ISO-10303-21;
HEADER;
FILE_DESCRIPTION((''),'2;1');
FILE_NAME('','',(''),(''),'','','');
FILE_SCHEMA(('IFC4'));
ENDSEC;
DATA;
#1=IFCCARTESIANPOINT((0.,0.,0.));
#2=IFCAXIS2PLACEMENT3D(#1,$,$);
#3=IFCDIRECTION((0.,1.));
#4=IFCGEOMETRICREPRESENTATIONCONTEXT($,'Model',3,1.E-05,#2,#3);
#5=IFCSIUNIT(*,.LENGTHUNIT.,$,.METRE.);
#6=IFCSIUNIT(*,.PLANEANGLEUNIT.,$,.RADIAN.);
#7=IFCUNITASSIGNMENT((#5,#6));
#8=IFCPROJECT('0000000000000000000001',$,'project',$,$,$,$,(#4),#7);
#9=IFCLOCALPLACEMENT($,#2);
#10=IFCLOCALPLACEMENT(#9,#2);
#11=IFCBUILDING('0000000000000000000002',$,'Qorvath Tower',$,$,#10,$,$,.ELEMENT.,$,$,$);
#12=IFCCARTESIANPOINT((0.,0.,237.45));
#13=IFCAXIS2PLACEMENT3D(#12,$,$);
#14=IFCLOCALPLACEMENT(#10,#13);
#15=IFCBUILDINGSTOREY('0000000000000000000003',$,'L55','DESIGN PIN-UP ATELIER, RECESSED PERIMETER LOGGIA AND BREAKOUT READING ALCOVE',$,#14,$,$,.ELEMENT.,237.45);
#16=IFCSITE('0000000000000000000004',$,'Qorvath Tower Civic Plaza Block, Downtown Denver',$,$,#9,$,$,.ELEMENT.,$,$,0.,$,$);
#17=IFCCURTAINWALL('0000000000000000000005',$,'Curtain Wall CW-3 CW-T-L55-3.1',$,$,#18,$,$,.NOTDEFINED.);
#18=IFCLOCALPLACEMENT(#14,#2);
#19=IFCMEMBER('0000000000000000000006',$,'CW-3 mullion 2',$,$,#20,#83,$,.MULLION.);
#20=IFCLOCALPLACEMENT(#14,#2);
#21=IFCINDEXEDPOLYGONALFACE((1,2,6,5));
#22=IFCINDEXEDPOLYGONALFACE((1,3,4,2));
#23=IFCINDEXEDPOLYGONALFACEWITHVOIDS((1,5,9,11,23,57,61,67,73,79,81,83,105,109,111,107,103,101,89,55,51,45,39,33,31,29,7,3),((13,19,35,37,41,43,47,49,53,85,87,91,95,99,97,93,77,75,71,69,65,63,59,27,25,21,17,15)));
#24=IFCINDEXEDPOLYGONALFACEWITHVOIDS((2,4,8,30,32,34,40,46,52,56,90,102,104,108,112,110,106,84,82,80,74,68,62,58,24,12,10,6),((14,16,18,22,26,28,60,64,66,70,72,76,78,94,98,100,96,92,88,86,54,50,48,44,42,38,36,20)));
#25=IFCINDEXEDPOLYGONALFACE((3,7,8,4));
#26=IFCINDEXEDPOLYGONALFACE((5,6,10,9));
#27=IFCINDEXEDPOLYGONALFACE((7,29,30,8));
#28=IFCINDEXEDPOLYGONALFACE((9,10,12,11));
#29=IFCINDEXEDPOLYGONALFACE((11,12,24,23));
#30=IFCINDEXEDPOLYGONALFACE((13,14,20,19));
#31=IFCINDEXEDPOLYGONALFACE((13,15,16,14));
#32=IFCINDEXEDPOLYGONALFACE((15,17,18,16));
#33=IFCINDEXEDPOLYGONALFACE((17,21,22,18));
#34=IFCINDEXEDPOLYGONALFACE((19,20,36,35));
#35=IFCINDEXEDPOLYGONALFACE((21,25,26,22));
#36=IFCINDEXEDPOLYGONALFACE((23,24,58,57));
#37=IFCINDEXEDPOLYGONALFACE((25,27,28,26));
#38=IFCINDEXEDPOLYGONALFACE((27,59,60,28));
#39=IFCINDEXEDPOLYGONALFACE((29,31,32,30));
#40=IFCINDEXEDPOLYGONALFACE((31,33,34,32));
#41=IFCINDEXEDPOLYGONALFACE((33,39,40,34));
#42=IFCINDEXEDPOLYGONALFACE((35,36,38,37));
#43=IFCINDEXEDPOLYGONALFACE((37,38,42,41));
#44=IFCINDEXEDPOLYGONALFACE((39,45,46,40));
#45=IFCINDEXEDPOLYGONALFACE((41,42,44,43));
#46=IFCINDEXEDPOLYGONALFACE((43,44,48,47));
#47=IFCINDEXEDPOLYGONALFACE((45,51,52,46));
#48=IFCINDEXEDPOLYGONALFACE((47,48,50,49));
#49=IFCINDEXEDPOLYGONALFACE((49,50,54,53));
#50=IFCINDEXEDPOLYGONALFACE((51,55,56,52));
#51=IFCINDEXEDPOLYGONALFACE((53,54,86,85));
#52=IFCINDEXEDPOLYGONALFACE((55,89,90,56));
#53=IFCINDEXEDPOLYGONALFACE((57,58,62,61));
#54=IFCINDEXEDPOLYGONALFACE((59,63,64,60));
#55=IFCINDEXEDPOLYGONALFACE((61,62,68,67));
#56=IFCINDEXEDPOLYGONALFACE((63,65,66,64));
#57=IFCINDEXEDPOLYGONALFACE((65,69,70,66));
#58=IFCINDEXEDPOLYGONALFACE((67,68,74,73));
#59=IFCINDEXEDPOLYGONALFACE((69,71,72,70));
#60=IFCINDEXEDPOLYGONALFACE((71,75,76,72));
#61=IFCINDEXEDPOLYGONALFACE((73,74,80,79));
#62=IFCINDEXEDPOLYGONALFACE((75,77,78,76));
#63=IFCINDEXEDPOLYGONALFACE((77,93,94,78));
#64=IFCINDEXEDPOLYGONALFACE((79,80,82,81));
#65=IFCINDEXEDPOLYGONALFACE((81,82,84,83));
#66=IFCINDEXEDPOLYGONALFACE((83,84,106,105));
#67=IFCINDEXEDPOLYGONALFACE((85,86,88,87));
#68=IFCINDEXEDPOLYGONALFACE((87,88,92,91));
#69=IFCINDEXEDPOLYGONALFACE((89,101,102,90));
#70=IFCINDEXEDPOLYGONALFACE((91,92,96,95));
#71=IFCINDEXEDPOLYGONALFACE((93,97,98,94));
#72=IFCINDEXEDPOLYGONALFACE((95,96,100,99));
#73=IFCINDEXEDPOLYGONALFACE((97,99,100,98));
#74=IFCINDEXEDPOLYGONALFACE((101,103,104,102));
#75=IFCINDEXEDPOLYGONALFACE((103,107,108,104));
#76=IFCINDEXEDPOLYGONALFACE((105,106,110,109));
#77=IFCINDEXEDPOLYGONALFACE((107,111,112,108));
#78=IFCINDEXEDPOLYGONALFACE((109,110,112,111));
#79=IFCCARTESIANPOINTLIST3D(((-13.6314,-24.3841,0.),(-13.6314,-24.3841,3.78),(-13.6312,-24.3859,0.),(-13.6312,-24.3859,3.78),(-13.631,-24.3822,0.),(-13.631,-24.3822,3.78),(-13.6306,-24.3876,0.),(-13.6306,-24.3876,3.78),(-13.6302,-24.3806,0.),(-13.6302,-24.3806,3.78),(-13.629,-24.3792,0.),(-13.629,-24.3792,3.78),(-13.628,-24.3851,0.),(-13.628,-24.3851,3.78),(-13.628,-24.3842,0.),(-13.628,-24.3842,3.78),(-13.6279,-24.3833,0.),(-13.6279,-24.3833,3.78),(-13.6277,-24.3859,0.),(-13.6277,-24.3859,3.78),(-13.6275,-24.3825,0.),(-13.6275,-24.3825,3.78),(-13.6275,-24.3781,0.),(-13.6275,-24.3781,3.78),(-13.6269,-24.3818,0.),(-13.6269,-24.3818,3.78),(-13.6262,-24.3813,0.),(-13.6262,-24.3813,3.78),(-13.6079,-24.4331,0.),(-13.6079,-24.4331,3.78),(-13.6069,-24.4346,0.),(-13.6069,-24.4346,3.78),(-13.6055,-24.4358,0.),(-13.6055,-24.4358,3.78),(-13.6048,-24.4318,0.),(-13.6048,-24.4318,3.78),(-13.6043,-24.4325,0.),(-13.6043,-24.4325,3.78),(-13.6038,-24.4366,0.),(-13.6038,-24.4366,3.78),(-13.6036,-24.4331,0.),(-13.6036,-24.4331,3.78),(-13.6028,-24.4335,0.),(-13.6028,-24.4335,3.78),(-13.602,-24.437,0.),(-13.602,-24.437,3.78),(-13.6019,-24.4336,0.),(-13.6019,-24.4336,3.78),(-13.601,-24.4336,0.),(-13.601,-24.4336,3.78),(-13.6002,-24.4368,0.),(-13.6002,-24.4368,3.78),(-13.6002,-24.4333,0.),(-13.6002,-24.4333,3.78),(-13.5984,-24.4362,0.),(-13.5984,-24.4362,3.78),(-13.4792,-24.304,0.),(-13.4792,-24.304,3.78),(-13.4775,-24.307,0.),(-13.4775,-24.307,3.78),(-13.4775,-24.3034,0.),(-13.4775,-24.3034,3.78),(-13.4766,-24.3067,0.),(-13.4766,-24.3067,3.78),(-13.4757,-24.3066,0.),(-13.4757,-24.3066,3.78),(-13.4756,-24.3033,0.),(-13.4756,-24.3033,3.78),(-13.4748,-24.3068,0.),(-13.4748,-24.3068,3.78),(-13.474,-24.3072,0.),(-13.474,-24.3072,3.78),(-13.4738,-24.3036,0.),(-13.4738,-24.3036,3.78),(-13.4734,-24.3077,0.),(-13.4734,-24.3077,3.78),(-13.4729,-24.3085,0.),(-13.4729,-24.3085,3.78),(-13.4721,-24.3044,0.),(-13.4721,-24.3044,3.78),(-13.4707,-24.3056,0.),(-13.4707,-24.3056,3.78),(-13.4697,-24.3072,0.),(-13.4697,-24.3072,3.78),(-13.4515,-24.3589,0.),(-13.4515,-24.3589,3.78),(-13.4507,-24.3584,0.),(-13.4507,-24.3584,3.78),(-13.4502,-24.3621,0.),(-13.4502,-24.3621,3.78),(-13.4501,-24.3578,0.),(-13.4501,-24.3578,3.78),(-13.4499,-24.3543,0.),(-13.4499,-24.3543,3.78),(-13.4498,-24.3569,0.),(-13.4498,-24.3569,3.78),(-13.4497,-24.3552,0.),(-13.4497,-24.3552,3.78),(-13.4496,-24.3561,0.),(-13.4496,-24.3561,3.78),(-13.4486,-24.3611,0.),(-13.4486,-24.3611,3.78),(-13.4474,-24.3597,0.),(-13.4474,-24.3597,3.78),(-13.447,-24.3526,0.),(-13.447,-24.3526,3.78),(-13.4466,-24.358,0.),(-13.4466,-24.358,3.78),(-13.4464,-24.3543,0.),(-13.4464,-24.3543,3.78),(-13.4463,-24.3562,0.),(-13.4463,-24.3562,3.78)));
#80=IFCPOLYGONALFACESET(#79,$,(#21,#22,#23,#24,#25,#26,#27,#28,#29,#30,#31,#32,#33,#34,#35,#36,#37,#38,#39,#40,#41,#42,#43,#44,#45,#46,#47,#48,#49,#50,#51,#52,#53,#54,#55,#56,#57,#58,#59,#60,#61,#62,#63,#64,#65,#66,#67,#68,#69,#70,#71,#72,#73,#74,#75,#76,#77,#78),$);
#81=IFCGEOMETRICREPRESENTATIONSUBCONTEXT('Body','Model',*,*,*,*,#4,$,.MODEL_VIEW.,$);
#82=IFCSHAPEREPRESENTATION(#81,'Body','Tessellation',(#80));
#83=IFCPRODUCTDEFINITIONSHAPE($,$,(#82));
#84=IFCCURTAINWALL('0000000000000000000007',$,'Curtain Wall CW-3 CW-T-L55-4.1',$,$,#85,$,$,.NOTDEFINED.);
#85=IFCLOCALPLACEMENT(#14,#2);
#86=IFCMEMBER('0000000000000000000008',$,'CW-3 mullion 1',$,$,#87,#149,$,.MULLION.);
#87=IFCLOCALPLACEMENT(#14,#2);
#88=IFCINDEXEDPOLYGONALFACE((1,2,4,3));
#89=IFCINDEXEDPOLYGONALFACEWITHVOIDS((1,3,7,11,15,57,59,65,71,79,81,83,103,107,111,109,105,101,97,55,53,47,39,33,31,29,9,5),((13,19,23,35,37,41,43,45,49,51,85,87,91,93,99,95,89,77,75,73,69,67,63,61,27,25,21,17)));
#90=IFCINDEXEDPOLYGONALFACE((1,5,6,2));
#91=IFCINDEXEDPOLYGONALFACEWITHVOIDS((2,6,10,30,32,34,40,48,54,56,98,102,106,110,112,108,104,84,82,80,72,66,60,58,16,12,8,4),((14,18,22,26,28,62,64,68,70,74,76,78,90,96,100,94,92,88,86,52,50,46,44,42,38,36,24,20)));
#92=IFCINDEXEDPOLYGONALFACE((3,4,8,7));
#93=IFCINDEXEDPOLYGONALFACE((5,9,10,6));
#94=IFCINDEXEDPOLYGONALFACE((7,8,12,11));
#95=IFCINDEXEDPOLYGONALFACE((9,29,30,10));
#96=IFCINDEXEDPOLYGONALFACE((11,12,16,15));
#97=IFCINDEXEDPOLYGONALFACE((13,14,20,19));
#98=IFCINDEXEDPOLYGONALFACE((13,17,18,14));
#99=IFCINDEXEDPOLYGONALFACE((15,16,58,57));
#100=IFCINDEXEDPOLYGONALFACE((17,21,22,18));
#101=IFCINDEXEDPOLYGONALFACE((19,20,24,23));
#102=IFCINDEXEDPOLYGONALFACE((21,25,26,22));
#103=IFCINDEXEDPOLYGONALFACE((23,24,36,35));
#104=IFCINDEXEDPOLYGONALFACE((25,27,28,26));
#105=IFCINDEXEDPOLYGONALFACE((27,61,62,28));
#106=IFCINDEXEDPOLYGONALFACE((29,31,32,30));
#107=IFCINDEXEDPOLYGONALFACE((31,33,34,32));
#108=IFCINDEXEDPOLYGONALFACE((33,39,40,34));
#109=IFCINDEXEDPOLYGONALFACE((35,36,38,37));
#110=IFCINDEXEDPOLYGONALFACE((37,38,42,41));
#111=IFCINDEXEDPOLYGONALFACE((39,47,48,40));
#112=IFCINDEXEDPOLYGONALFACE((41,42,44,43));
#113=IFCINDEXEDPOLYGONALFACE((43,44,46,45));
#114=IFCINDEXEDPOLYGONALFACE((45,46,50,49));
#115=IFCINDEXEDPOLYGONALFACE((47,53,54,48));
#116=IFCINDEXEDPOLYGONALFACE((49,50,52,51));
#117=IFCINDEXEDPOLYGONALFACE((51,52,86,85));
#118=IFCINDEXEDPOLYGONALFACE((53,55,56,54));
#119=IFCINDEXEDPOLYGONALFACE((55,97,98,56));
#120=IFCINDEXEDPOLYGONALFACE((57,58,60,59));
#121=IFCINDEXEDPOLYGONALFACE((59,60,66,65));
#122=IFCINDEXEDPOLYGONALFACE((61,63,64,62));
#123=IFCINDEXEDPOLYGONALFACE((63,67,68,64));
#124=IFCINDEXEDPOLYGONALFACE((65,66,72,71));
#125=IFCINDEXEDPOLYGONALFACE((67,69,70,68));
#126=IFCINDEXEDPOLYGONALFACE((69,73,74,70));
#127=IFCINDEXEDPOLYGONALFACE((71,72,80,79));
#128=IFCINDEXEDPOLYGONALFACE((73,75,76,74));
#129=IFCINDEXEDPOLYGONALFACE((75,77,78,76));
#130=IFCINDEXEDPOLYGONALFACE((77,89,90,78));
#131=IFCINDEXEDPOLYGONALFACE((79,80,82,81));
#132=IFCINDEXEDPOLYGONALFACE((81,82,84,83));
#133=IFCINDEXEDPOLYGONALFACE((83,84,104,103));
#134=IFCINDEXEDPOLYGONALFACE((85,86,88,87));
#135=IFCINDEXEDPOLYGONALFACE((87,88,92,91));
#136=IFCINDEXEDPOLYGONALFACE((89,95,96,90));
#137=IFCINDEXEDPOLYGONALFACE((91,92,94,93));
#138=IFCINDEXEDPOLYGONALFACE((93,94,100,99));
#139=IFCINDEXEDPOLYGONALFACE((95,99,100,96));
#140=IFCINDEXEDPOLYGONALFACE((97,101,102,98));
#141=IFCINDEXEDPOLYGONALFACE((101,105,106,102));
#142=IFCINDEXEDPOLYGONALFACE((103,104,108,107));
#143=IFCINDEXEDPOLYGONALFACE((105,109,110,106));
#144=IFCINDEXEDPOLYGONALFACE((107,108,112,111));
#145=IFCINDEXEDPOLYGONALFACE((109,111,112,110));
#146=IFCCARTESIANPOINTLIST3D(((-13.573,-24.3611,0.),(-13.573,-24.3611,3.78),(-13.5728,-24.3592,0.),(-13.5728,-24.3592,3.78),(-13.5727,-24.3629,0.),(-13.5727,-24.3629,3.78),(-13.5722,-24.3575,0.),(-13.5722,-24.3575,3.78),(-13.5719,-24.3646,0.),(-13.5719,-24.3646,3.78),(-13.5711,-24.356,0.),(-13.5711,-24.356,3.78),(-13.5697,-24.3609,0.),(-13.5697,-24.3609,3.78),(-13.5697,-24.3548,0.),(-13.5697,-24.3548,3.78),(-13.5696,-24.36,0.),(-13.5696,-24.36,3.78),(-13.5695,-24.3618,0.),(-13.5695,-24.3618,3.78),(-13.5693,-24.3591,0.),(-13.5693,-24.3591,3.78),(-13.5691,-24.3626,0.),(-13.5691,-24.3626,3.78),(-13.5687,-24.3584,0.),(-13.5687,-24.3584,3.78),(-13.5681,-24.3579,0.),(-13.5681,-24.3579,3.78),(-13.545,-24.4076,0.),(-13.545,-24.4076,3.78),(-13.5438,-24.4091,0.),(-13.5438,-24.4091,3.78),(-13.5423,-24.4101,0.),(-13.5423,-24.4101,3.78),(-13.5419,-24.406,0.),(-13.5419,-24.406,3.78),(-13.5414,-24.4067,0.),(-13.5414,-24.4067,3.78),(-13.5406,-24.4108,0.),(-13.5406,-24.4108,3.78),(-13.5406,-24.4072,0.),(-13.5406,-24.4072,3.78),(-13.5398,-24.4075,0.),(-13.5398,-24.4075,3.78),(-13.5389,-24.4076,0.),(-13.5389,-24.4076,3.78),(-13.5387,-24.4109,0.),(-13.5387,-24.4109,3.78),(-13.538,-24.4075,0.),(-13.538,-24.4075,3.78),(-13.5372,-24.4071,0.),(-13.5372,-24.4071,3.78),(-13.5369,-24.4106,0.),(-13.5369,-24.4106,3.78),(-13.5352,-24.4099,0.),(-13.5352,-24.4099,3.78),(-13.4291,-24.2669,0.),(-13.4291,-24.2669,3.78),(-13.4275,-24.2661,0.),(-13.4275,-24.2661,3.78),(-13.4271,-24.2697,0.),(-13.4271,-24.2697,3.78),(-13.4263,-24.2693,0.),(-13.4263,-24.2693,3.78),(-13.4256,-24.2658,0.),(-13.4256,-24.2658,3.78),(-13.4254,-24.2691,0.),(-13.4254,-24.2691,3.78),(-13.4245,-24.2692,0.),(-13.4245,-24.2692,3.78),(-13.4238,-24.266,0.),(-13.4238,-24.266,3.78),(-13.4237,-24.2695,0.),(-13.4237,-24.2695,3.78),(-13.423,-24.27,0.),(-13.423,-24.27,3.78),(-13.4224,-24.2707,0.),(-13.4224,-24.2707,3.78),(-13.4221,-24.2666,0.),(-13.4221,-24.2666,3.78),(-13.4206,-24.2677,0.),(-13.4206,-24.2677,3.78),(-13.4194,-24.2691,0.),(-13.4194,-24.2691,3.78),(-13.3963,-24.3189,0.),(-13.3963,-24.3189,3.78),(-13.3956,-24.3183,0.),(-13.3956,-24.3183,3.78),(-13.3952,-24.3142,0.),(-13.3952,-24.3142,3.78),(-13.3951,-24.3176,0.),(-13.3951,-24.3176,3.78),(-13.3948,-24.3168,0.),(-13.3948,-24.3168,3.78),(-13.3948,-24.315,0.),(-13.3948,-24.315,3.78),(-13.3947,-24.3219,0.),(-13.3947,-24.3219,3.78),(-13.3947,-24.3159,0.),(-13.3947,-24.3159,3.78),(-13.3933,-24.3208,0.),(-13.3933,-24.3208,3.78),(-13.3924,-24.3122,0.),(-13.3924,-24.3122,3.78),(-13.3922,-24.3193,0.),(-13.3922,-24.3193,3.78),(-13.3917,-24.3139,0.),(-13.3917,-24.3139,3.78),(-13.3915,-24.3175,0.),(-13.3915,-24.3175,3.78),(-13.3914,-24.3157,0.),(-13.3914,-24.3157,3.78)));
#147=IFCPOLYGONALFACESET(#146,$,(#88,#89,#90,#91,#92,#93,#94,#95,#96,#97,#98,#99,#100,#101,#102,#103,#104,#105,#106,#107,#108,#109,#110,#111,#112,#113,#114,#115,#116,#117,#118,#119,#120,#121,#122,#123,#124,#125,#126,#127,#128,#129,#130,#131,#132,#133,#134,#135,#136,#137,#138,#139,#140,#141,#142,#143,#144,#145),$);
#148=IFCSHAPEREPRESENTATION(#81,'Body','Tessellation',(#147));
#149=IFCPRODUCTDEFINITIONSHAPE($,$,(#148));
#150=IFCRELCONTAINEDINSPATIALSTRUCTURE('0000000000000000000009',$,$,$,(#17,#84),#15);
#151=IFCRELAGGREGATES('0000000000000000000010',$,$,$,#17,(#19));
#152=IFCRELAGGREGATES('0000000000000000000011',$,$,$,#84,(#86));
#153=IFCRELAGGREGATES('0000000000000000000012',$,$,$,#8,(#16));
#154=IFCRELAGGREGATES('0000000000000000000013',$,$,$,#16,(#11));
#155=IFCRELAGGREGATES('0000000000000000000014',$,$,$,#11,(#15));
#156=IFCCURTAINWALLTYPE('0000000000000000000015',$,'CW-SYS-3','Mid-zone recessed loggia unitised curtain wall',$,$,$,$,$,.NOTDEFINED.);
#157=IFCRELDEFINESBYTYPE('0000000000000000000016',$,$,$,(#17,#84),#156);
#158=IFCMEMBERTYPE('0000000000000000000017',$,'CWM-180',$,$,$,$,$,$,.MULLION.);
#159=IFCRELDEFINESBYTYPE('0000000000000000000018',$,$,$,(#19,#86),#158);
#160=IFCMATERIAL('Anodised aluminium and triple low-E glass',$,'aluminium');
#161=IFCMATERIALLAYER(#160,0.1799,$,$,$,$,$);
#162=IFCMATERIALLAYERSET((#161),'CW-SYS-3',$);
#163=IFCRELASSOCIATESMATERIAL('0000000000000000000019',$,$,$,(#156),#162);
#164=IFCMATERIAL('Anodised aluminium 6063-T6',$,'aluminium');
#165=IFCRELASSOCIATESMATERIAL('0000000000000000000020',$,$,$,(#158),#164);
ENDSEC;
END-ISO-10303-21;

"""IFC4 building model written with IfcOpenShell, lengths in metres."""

from ifc_helpers import new_model, si_unit, direction, frame, origin, origin_2d, place, context, subcontext, project, spatial, hollow_rectangle, extrude, material, layer, layer_set, material_profile, profile_set, type_object, element, aggregate, save


model = new_model("IFC4")

# Units and contexts
model_context = context("Model", 3, precision=1e-05, world=origin(), true_north=direction((0.0, 1.0)))
body_context = subcontext(model_context, "Body", "Model", "MODEL_VIEW")
ifc_project = project(units=[si_unit("LENGTHUNIT", "METRE"), si_unit("PLANEANGLEUNIT", "RADIAN")], contexts=[model_context])

# Site, building, storey
site_placement = place(None, origin())
site = spatial("IfcSite", under=ifc_project, at=site_placement, Name="Qorvath Tower Civic Plaza Block, Downtown Denver", CompositionType="ELEMENT", RefElevation=0.0)
building_placement = place(site_placement, origin())
building = spatial("IfcBuilding", under=site, at=building_placement, Name="Qorvath Tower", CompositionType="ELEMENT")
storey_placement = place(building_placement, frame((0.0, 0.0, 237.45)))
storey = spatial("IfcBuildingStorey", under=building, at=storey_placement, Name="L55", Description="DESIGN PIN-UP ATELIER, RECESSED PERIMETER LOGGIA AND BREAKOUT READING ALCOVE", CompositionType="ELEMENT", Elevation=237.45)

# Shared definitions
ifc_material_1 = material(Name="Anodised aluminium and triple low-E glass", Category="aluminium")
ifc_layer_1 = layer(ifc_material_1, 0.1799)
ifc_layer_set_1 = layer_set([ifc_layer_1], Name="CW-SYS-3")
curtain_wall_type = type_object("IfcCurtainWallType", Name="CW-SYS-3", Description="Mid-zone recessed loggia unitised curtain wall", PredefinedType="NOTDEFINED", material=ifc_layer_set_1)
ifc_material_2 = material(Name="Anodised aluminium 6063-T6", Category="aluminium")
ifc_material_profile_1 = material_profile(ifc_material_2, hollow_rectangle(XDim=0.0649, YDim=0.1799, WallThickness=0.0034, InnerFilletRadius=0.0034, OuterFilletRadius=0.0071, at=origin_2d()), Name="CWM 180x65")
ifc_profile_set_1 = profile_set([ifc_material_profile_1], Name="Anodised aluminium 6063-T6")
member_type_1 = type_object("IfcMemberType", Name="CWM-180", PredefinedType="MULLION", material=ifc_profile_set_1)

# Curtain walls, members
curtain_wall_1_placement = place(storey_placement, origin())
curtain_wall_1 = element("IfcCurtainWall", 1, at=curtain_wall_1_placement, inside=storey, type_object=curtain_wall_type, Name="Curtain Wall CW-3 CW-T-L55-3.1", PredefinedType="NOTDEFINED")
member_1_placement = place(storey_placement, frame((-13.5388, -24.3701, 0.0), z_axis=(0.0, 0.0, 1.0), x_axis=(-0.447214, 0.894427, 0.0)))
member_1 = element("IfcMember", 2, at=member_1_placement, type_object=member_type_1, Name="CW-3 mullion 2", PredefinedType="MULLION", context=body_context, shape_type="SweptSolid", body=[
    extrude(hollow_rectangle(XDim=0.0649, YDim=0.1799, WallThickness=0.0034, InnerFilletRadius=0.0034, OuterFilletRadius=0.0071, at=origin_2d()), origin(), (0.0, 0.0, 1.0), 3.78),
])
curtain_wall_2_placement = place(storey_placement, origin())
curtain_wall_2 = element("IfcCurtainWall", 3, at=curtain_wall_2_placement, inside=storey, type_object=curtain_wall_type, Name="Curtain Wall CW-3 CW-T-L55-4.1", PredefinedType="NOTDEFINED")
member_2_placement = place(storey_placement, frame((-13.4822, -24.3384, 0.0), z_axis=(0.0, 0.0, 1.0), x_axis=(-0.530497, 0.847687, 0.0)))
member_2 = element("IfcMember", 4, at=member_2_placement, type_object=member_type_1, Name="CW-3 mullion 1", PredefinedType="MULLION", context=body_context, shape_type="SweptSolid", body=[
    extrude(hollow_rectangle(XDim=0.0649, YDim=0.1799, WallThickness=0.0034, InnerFilletRadius=0.0034, OuterFilletRadius=0.0071, at=origin_2d()), origin(), (0.0, 0.0, 1.0), 3.78),
])

aggregate(curtain_wall_1, [member_1])
aggregate(curtain_wall_2, [member_2])

save(model, "model.ifc")
